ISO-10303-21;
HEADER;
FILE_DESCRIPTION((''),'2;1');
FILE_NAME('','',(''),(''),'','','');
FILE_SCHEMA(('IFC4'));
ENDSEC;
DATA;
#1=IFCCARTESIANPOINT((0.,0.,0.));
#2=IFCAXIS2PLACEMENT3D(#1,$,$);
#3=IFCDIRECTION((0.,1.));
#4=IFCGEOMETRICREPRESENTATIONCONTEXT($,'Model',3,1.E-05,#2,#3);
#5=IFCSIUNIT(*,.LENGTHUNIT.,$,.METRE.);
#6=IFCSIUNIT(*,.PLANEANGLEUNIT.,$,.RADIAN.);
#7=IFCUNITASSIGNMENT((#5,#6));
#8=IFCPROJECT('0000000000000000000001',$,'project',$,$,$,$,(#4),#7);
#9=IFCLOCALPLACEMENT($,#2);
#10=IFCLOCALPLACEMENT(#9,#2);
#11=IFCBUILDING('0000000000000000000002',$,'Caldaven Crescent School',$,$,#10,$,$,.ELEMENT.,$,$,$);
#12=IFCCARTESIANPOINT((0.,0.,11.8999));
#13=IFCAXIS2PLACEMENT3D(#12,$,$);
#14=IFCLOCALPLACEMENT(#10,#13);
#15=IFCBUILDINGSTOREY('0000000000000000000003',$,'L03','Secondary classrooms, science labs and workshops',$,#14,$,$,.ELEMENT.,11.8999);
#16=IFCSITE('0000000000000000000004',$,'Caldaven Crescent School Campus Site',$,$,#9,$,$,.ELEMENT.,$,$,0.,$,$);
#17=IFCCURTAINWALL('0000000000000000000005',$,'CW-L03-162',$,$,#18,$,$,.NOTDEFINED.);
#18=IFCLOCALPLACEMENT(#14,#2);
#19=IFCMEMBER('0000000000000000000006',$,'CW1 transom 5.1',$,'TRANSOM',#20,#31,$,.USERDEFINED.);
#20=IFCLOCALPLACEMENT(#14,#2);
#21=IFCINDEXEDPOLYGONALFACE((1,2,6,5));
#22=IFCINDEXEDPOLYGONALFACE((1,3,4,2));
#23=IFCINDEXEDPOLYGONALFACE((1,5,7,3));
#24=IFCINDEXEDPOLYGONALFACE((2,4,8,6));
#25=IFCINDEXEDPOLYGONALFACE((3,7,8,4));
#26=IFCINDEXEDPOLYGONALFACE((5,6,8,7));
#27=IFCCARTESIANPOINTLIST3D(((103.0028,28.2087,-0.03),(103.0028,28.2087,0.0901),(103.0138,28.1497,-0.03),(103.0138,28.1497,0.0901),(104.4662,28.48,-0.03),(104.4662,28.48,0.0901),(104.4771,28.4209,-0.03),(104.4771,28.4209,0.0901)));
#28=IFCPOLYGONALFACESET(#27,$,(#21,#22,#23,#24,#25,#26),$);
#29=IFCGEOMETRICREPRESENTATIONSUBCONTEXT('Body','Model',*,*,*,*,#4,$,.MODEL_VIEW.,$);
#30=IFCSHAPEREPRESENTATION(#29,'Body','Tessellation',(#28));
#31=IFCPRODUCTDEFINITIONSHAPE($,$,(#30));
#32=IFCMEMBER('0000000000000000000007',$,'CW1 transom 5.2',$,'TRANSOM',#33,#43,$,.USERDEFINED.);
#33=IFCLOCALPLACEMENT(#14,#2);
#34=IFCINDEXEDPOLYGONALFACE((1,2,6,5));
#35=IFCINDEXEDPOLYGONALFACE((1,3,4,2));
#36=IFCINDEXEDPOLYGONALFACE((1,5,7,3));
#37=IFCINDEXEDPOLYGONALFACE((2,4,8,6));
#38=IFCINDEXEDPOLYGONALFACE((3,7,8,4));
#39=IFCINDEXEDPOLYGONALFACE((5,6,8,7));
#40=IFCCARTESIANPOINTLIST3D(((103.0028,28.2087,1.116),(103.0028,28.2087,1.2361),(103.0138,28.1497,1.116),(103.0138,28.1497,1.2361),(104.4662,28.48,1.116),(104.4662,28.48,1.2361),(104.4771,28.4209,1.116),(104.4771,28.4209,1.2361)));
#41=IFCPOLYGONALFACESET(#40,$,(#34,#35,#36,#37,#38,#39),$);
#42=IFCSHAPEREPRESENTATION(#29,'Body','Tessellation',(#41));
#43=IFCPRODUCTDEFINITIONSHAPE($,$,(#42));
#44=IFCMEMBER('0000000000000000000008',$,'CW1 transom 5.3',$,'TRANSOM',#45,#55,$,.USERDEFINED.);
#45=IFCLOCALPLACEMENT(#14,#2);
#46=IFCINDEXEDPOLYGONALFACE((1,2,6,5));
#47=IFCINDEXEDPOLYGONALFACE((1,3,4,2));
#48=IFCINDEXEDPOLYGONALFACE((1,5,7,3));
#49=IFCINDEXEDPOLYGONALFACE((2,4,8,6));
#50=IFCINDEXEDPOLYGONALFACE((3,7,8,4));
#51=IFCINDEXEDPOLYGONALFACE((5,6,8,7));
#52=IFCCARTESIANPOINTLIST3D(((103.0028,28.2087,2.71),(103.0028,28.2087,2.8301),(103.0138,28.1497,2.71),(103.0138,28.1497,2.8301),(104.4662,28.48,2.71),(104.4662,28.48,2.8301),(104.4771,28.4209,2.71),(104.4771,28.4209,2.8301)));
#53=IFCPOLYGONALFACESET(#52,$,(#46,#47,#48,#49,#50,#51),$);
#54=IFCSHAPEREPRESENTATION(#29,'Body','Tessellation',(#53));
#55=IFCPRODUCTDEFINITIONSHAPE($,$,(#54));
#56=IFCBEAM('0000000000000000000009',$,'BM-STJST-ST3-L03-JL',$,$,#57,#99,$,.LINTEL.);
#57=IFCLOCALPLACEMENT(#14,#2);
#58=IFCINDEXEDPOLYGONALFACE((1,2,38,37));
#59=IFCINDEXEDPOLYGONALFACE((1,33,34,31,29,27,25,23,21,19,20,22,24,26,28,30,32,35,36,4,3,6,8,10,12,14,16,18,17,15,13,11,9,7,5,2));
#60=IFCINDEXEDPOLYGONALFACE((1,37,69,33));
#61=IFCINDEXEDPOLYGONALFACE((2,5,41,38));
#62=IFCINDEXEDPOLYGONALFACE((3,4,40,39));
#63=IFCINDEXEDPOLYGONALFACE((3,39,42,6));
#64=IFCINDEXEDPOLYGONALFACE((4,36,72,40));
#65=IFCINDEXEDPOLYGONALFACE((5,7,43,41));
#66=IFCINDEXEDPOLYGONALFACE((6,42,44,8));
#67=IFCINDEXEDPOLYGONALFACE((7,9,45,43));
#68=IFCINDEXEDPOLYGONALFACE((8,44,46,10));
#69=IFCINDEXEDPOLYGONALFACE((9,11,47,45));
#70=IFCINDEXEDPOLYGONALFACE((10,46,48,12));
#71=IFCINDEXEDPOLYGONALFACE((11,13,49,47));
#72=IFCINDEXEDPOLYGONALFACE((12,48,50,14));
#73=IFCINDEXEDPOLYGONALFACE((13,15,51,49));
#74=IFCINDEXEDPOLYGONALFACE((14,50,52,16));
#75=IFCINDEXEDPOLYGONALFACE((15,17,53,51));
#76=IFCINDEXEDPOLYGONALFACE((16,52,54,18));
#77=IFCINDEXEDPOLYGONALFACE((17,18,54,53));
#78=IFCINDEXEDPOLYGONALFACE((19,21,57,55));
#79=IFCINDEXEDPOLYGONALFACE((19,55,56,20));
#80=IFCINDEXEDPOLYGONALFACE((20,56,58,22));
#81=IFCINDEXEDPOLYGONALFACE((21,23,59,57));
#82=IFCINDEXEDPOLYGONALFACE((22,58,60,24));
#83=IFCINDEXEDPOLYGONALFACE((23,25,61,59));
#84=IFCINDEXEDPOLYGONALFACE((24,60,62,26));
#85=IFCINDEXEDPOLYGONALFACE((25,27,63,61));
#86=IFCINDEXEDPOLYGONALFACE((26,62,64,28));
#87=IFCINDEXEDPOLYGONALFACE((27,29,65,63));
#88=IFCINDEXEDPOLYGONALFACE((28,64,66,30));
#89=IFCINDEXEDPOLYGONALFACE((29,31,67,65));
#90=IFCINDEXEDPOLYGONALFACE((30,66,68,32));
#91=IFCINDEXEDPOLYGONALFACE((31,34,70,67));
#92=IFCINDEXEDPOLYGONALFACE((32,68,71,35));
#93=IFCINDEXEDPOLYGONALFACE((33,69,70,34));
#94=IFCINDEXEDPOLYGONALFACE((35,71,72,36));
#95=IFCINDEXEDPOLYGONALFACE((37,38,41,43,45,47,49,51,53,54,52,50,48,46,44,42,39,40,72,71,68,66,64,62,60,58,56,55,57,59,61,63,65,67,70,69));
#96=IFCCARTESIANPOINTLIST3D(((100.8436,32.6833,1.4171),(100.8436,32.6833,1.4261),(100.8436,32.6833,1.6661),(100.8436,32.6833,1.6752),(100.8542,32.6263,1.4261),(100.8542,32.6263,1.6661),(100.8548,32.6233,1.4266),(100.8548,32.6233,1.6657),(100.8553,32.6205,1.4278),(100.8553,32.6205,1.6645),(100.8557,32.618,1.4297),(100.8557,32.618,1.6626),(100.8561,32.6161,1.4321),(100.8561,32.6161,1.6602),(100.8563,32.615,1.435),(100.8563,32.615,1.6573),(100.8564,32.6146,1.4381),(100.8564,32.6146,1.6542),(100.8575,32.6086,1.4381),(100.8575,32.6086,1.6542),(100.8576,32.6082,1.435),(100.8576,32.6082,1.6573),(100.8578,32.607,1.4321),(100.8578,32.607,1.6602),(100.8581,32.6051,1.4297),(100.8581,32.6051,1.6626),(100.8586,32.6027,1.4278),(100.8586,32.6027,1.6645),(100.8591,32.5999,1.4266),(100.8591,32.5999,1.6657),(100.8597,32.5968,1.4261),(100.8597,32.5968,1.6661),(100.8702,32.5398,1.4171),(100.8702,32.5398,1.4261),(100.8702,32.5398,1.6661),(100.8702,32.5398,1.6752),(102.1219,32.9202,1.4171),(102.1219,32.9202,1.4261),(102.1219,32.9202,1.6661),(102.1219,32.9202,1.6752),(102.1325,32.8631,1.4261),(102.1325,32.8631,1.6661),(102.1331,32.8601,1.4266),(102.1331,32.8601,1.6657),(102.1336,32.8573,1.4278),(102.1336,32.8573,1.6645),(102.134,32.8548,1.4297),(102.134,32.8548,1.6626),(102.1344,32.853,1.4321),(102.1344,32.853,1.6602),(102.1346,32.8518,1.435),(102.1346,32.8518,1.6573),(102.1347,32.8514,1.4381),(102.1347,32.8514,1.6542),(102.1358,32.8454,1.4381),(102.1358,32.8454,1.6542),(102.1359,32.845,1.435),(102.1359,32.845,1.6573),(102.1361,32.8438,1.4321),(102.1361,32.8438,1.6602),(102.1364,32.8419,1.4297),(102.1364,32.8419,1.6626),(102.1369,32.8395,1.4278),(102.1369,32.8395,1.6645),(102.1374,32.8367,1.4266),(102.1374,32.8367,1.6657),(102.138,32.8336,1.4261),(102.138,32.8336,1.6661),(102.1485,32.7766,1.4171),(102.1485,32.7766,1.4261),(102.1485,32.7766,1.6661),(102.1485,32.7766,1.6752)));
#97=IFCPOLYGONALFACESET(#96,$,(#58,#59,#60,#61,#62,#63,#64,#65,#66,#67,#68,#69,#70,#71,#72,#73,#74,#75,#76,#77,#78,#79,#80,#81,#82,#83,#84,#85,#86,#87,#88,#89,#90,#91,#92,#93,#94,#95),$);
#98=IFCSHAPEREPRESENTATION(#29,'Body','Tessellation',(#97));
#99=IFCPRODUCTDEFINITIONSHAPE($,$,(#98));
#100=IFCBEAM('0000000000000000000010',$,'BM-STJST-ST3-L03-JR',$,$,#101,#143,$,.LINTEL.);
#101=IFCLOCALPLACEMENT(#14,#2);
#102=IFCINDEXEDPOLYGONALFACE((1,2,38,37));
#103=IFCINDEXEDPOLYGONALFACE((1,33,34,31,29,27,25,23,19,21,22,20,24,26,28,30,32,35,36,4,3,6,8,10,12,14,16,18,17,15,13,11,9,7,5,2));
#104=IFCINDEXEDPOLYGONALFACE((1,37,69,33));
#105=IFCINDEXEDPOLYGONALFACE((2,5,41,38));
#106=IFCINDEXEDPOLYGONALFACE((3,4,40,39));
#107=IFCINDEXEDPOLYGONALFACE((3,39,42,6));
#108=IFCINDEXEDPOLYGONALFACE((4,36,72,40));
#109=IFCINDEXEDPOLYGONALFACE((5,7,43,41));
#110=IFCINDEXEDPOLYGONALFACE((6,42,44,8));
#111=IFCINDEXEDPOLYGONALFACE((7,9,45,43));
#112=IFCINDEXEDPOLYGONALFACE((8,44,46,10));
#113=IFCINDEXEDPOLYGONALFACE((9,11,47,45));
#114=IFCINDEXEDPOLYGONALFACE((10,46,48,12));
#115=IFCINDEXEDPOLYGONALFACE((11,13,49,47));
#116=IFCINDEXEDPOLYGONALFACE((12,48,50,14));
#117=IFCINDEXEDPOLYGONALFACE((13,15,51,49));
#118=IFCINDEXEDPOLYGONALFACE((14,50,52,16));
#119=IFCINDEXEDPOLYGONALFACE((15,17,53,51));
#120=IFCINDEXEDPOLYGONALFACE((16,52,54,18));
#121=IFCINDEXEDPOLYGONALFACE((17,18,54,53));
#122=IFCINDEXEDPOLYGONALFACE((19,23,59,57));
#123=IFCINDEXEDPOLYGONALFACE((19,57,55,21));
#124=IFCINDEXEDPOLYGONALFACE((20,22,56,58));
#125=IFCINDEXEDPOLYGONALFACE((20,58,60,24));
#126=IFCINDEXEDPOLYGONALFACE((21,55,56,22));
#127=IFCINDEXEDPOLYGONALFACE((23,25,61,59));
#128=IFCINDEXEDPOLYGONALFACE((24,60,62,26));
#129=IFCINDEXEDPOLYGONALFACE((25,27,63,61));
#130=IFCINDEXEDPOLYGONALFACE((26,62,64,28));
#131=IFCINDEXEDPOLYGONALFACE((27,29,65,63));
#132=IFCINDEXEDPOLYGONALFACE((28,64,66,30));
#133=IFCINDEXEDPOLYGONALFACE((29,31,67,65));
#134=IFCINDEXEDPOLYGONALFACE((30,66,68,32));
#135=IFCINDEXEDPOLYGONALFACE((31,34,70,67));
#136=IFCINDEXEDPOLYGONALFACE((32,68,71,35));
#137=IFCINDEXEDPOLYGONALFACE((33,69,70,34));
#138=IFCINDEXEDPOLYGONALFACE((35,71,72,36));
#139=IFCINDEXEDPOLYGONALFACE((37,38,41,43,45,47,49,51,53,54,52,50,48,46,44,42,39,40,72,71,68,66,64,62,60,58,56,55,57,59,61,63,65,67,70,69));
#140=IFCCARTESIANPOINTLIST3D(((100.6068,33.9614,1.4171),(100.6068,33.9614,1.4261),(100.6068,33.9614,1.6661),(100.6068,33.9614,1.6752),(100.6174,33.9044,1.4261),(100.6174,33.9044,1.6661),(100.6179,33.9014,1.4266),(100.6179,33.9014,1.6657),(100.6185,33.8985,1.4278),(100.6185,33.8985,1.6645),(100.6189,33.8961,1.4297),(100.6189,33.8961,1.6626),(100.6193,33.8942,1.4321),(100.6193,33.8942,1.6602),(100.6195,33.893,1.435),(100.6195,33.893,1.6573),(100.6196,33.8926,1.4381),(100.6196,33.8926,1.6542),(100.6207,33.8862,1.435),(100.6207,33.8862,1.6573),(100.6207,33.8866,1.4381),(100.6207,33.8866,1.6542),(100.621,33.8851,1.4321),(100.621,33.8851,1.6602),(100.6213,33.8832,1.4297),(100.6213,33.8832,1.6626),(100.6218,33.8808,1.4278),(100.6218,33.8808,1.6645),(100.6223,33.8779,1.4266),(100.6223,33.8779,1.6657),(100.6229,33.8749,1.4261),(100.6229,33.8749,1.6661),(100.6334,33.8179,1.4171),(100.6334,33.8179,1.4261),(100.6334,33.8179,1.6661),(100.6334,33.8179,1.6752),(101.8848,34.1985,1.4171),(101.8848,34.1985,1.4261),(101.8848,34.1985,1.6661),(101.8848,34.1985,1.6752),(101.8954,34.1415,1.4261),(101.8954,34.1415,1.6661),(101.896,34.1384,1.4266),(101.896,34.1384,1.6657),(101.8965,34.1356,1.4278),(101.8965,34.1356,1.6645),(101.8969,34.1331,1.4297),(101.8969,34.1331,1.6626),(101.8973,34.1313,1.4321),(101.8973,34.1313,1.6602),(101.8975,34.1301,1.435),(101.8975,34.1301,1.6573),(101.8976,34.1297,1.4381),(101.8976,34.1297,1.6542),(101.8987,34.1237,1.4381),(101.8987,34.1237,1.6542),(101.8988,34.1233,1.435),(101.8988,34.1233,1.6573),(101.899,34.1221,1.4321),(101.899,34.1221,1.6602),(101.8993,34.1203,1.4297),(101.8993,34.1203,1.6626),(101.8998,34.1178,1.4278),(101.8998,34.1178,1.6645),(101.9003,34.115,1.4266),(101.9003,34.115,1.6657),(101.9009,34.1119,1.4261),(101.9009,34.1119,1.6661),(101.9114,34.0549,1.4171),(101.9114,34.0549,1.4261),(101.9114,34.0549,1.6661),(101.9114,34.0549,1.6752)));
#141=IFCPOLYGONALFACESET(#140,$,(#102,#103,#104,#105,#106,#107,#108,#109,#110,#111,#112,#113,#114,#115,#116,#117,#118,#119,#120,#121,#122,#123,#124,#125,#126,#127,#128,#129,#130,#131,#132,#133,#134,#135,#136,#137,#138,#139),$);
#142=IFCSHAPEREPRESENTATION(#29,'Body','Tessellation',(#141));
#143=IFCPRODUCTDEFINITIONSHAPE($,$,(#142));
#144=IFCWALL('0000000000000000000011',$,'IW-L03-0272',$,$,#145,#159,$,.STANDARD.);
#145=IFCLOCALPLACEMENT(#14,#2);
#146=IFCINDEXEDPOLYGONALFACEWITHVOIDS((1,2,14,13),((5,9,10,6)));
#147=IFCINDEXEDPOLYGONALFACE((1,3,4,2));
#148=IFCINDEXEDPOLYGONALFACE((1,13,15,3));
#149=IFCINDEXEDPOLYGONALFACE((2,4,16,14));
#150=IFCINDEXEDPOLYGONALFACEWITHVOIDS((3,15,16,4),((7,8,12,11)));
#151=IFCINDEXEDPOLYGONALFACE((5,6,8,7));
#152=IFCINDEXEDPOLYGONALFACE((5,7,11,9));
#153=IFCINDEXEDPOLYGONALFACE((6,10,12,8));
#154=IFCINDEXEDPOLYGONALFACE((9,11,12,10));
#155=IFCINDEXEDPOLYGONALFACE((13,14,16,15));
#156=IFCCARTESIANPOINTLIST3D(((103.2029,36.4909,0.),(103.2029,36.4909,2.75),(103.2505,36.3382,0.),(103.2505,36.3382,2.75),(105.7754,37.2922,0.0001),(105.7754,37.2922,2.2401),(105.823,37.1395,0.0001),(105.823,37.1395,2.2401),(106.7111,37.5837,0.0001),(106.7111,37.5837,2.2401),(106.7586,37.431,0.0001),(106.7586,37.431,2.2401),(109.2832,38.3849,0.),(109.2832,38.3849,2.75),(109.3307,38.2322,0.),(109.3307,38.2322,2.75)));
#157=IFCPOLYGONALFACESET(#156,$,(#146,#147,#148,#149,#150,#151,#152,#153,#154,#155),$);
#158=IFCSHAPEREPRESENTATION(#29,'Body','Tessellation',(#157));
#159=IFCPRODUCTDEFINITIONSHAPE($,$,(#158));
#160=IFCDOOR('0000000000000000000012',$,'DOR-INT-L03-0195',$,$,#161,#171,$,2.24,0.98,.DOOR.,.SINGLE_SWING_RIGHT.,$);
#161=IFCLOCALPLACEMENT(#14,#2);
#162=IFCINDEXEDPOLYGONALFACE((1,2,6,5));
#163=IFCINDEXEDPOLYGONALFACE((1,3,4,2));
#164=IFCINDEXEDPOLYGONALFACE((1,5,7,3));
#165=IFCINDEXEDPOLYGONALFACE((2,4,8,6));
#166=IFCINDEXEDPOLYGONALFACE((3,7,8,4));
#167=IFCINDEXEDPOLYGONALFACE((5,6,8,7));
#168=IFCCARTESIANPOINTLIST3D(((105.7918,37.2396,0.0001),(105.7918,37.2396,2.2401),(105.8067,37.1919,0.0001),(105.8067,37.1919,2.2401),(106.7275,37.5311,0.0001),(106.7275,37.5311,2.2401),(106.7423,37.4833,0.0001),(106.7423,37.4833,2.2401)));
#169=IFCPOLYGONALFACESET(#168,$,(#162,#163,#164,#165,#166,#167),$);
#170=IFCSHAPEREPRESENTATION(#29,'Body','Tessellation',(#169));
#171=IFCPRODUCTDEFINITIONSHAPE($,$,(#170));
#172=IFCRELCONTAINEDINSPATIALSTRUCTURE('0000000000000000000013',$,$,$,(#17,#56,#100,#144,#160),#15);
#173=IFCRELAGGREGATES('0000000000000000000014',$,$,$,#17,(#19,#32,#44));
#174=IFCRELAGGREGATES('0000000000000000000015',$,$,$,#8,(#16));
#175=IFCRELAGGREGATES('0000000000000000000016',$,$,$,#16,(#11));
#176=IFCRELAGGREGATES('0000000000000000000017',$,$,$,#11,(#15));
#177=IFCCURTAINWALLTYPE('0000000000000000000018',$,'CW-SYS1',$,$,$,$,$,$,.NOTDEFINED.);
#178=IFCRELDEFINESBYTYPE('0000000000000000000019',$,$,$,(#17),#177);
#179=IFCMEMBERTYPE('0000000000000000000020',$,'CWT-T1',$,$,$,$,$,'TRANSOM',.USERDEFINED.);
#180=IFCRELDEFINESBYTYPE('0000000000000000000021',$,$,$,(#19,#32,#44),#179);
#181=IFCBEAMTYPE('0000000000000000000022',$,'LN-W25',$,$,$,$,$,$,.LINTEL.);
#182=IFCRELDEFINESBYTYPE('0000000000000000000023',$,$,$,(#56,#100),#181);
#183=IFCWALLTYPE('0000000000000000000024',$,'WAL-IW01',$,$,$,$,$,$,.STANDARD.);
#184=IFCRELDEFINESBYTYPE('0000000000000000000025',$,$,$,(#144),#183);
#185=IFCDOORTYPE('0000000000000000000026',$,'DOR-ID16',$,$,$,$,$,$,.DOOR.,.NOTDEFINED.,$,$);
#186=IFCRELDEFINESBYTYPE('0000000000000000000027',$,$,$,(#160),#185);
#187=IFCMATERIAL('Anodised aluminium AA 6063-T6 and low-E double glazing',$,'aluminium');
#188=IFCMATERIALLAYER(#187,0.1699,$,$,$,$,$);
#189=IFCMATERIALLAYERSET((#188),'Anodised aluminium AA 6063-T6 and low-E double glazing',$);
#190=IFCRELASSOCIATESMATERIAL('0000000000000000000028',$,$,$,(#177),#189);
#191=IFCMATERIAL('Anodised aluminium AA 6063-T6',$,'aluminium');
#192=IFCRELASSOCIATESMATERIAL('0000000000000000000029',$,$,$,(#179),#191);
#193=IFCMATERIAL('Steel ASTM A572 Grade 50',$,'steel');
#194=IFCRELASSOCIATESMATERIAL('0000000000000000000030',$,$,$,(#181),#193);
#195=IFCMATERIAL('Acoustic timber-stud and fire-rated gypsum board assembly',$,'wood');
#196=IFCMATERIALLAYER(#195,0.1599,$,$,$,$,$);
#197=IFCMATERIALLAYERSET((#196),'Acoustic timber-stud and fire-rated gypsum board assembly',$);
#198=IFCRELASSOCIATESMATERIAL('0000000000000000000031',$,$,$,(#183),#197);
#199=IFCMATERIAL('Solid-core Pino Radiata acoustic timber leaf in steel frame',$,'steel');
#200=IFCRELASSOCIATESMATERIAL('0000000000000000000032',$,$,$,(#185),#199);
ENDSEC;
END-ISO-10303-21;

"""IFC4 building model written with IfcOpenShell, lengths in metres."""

from ifc_helpers import new_model, si_unit, direction, frame, frame_2d, origin, origin_2d, place, context, subcontext, project, spatial, rectangle, i_section, extrude, material, layer, layer_set, material_profile, profile_set, type_object, element, fill, aggregate, save


model = new_model("IFC4")

# Units and contexts
model_context = context("Model", 3, precision=1e-05, world=origin(), true_north=direction((0.0, 1.0)))
body_context = subcontext(model_context, "Body", "Model", "MODEL_VIEW")
ifc_project = project(units=[si_unit("LENGTHUNIT", "METRE"), si_unit("PLANEANGLEUNIT", "RADIAN")], contexts=[model_context])

# Site, building, storey
site_placement = place(None, origin())
site = spatial("IfcSite", under=ifc_project, at=site_placement, Name="Caldaven Crescent School Campus Site", CompositionType="ELEMENT", RefElevation=0.0)
building_placement = place(site_placement, origin())
building = spatial("IfcBuilding", under=site, at=building_placement, Name="Caldaven Crescent School", CompositionType="ELEMENT")
storey_placement = place(building_placement, frame((0.0, 0.0, 11.8999)))
storey = spatial("IfcBuildingStorey", under=building, at=storey_placement, Name="L03", Description="Secondary classrooms, science labs and workshops", CompositionType="ELEMENT", Elevation=11.8999)

# Shared definitions
ifc_material_1 = material(Name="Steel ASTM A572 Grade 50", Category="steel")

# Curtain wall, members
ifc_material_2 = material(Name="Anodised aluminium AA 6063-T6 and low-E double glazing", Category="aluminium")
ifc_layer_1 = layer(ifc_material_2, 0.1699)
ifc_layer_set_1 = layer_set([ifc_layer_1], Name="Anodised aluminium AA 6063-T6 and low-E double glazing")
curtain_wall_type = type_object("IfcCurtainWallType", Name="CW-SYS1", PredefinedType="NOTDEFINED", material=ifc_layer_set_1)
curtain_wall_placement = place(storey_placement, origin())
curtain_wall = element("IfcCurtainWall", 1, at=curtain_wall_placement, inside=storey, type_object=curtain_wall_type, Name="CW-L03-162", PredefinedType="NOTDEFINED")
ifc_material_3 = material(Name="Anodised aluminium AA 6063-T6", Category="aluminium")
ifc_material_profile_1 = material_profile(ifc_material_3, rectangle(XDim=0.0601, YDim=0.1201, at=origin_2d()), Name="CWT 60x120")
ifc_profile_set_1 = profile_set([ifc_material_profile_1], Name="Anodised aluminium AA 6063-T6")
member_type = type_object("IfcMemberType", Name="CWT-T1", ElementType="TRANSOM", PredefinedType="USERDEFINED", material=ifc_profile_set_1)
member_1_placement = place(storey_placement, frame((103.0083, 28.1792, 0.03), z_axis=(0.983253, 0.182248, 0.0), x_axis=(-0.182248, 0.983253, 0.0)))
member_1 = element("IfcMember", 2, at=member_1_placement, type_object=member_type, Name="CW1 transom 5.1", ObjectType="TRANSOM", PredefinedType="USERDEFINED", context=body_context, shape_type="SweptSolid", body=[
    extrude(rectangle(XDim=0.0601, YDim=0.1201, at=origin_2d()), origin(), (0.0, 0.0, 1.0), 1.4883),
])
member_2_placement = place(storey_placement, frame((103.0083, 28.1792, 1.176), z_axis=(0.983253, 0.182248, 0.0), x_axis=(-0.182248, 0.983253, 0.0)))
member_2 = element("IfcMember", 3, at=member_2_placement, type_object=member_type, Name="CW1 transom 5.2", ObjectType="TRANSOM", PredefinedType="USERDEFINED", context=body_context, shape_type="SweptSolid", body=[
    extrude(rectangle(XDim=0.0601, YDim=0.1201, at=origin_2d()), origin(), (0.0, 0.0, 1.0), 1.4883),
])
member_3_placement = place(storey_placement, frame((103.0083, 28.1792, 2.77), z_axis=(0.983253, 0.182248, 0.0), x_axis=(-0.182248, 0.983253, 0.0)))
member_3 = element("IfcMember", 4, at=member_3_placement, type_object=member_type, Name="CW1 transom 5.3", ObjectType="TRANSOM", PredefinedType="USERDEFINED", context=body_context, shape_type="SweptSolid", body=[
    extrude(rectangle(XDim=0.0601, YDim=0.1201, at=origin_2d()), origin(), (0.0, 0.0, 1.0), 1.4883),
])
aggregate(curtain_wall, [member_1, member_2, member_3])

# Beams
ifc_material_profile_2 = material_profile(ifc_material_1, i_section(OverallWidth=0.146, OverallDepth=0.2581, WebThickness=0.0061, FlangeThickness=0.009, FilletRadius=0.012, at=origin_2d()), Name="W250x33")
ifc_profile_set_2 = profile_set([ifc_material_profile_2], Name="Steel ASTM A572 Grade 50")
beam_type_1 = type_object("IfcBeamType", Name="LN-W25", PredefinedType="LINTEL", material=ifc_profile_set_2)
beam_1_placement = place(storey_placement, frame((100.8569, 32.6116, 1.5461), z_axis=(0.98327, 0.182157, 0.0), x_axis=(-0.182157, 0.98327, 0.0)))
element("IfcBeam", 5, at=beam_1_placement, inside=storey, type_object=beam_type_1, Name="BM-STJST-ST3-L03-JL", PredefinedType="LINTEL", context=body_context, shape_type="SweptSolid", body=[
    extrude(i_section(OverallWidth=0.146, OverallDepth=0.2581, WebThickness=0.0061, FlangeThickness=0.009, FilletRadius=0.012, at=origin_2d()), origin(), (0.0, 0.0, 1.0), 1.3),
])
beam_2_placement = place(storey_placement, frame((100.6201, 33.8896, 1.5461), z_axis=(0.98323, 0.182372, 0.0), x_axis=(-0.182372, 0.98323, 0.0)))
element("IfcBeam", 6, at=beam_2_placement, inside=storey, type_object=beam_type_1, Name="BM-STJST-ST3-L03-JR", PredefinedType="LINTEL", context=body_context, shape_type="SweptSolid", body=[
    extrude(i_section(OverallWidth=0.146, OverallDepth=0.2581, WebThickness=0.0061, FlangeThickness=0.009, FilletRadius=0.012, at=origin_2d()), origin(), (0.0, 0.0, 1.0), 1.2998),
])

# Wall, opening, door
ifc_material_4 = material(Name="Acoustic timber-stud and fire-rated gypsum board assembly", Category="wood")
ifc_layer_2 = layer(ifc_material_4, 0.1599)
ifc_layer_set_2 = layer_set([ifc_layer_2], Name="Acoustic timber-stud and fire-rated gypsum board assembly")
wall_type = type_object("IfcWallType", Name="WAL-IW01", PredefinedType="STANDARD", material=ifc_layer_set_2)
wall_placement = place(storey_placement, frame((103.2268, 36.4146, 0.0), z_axis=(0.0, 0.0, 1.0), x_axis=(0.95475, 0.297408, 0.0)))
wall = element("IfcWall", 7, at=wall_placement, inside=storey, type_object=wall_type, Name="IW-L03-0272", PredefinedType="STANDARD", context=body_context, shape_type="SweptSolid", body=[
    extrude(rectangle(XDim=6.3684, YDim=0.1599, at=frame_2d((3.1841, 0.0))), origin(), (0.0, 0.0, 1.0), 2.75),
])
opening_placement = place(wall_placement, frame((2.6943, 0.0, 0.0)))
opening = element("IfcOpeningElement", 8, at=opening_placement, cuts=wall, PredefinedType="OPENING", context=body_context, shape_type="SweptSolid", body=[
    extrude(rectangle(XDim=0.98, YDim=2.24, at=frame_2d((0.49, 1.1201))), frame((0.0, 0.0898, 0.0), z_axis=(0.0, -1.0, 0.0), x_axis=(1.0, 0.0, 0.0)), (0.0, 0.0, 1.0), 0.1799),
])
ifc_material_5 = material(Name="Solid-core Pino Radiata acoustic timber leaf in steel frame", Category="steel")
door_type = type_object("IfcDoorType", Name="DOR-ID16", OperationType="NOTDEFINED", PredefinedType="DOOR", material=ifc_material_5)
door_placement = place(opening_placement, origin())
door = element("IfcDoor", 9, at=door_placement, inside=storey, type_object=door_type, Name="DOR-INT-L03-0195", OperationType="SINGLE_SWING_RIGHT", OverallHeight=2.24, OverallWidth=0.98, PredefinedType="DOOR", context=body_context, shape_type="SweptSolid", body=[
    extrude(rectangle(XDim=0.98, YDim=2.24, at=frame_2d((0.49, 1.1201))), frame((0.0, 0.0249, 0.0), z_axis=(0.0, -1.0, 0.0), x_axis=(1.0, 0.0, 0.0)), (0.0, 0.0, 1.0), 0.05),
])
fill(opening, door)

save(model, "model.ifc")
